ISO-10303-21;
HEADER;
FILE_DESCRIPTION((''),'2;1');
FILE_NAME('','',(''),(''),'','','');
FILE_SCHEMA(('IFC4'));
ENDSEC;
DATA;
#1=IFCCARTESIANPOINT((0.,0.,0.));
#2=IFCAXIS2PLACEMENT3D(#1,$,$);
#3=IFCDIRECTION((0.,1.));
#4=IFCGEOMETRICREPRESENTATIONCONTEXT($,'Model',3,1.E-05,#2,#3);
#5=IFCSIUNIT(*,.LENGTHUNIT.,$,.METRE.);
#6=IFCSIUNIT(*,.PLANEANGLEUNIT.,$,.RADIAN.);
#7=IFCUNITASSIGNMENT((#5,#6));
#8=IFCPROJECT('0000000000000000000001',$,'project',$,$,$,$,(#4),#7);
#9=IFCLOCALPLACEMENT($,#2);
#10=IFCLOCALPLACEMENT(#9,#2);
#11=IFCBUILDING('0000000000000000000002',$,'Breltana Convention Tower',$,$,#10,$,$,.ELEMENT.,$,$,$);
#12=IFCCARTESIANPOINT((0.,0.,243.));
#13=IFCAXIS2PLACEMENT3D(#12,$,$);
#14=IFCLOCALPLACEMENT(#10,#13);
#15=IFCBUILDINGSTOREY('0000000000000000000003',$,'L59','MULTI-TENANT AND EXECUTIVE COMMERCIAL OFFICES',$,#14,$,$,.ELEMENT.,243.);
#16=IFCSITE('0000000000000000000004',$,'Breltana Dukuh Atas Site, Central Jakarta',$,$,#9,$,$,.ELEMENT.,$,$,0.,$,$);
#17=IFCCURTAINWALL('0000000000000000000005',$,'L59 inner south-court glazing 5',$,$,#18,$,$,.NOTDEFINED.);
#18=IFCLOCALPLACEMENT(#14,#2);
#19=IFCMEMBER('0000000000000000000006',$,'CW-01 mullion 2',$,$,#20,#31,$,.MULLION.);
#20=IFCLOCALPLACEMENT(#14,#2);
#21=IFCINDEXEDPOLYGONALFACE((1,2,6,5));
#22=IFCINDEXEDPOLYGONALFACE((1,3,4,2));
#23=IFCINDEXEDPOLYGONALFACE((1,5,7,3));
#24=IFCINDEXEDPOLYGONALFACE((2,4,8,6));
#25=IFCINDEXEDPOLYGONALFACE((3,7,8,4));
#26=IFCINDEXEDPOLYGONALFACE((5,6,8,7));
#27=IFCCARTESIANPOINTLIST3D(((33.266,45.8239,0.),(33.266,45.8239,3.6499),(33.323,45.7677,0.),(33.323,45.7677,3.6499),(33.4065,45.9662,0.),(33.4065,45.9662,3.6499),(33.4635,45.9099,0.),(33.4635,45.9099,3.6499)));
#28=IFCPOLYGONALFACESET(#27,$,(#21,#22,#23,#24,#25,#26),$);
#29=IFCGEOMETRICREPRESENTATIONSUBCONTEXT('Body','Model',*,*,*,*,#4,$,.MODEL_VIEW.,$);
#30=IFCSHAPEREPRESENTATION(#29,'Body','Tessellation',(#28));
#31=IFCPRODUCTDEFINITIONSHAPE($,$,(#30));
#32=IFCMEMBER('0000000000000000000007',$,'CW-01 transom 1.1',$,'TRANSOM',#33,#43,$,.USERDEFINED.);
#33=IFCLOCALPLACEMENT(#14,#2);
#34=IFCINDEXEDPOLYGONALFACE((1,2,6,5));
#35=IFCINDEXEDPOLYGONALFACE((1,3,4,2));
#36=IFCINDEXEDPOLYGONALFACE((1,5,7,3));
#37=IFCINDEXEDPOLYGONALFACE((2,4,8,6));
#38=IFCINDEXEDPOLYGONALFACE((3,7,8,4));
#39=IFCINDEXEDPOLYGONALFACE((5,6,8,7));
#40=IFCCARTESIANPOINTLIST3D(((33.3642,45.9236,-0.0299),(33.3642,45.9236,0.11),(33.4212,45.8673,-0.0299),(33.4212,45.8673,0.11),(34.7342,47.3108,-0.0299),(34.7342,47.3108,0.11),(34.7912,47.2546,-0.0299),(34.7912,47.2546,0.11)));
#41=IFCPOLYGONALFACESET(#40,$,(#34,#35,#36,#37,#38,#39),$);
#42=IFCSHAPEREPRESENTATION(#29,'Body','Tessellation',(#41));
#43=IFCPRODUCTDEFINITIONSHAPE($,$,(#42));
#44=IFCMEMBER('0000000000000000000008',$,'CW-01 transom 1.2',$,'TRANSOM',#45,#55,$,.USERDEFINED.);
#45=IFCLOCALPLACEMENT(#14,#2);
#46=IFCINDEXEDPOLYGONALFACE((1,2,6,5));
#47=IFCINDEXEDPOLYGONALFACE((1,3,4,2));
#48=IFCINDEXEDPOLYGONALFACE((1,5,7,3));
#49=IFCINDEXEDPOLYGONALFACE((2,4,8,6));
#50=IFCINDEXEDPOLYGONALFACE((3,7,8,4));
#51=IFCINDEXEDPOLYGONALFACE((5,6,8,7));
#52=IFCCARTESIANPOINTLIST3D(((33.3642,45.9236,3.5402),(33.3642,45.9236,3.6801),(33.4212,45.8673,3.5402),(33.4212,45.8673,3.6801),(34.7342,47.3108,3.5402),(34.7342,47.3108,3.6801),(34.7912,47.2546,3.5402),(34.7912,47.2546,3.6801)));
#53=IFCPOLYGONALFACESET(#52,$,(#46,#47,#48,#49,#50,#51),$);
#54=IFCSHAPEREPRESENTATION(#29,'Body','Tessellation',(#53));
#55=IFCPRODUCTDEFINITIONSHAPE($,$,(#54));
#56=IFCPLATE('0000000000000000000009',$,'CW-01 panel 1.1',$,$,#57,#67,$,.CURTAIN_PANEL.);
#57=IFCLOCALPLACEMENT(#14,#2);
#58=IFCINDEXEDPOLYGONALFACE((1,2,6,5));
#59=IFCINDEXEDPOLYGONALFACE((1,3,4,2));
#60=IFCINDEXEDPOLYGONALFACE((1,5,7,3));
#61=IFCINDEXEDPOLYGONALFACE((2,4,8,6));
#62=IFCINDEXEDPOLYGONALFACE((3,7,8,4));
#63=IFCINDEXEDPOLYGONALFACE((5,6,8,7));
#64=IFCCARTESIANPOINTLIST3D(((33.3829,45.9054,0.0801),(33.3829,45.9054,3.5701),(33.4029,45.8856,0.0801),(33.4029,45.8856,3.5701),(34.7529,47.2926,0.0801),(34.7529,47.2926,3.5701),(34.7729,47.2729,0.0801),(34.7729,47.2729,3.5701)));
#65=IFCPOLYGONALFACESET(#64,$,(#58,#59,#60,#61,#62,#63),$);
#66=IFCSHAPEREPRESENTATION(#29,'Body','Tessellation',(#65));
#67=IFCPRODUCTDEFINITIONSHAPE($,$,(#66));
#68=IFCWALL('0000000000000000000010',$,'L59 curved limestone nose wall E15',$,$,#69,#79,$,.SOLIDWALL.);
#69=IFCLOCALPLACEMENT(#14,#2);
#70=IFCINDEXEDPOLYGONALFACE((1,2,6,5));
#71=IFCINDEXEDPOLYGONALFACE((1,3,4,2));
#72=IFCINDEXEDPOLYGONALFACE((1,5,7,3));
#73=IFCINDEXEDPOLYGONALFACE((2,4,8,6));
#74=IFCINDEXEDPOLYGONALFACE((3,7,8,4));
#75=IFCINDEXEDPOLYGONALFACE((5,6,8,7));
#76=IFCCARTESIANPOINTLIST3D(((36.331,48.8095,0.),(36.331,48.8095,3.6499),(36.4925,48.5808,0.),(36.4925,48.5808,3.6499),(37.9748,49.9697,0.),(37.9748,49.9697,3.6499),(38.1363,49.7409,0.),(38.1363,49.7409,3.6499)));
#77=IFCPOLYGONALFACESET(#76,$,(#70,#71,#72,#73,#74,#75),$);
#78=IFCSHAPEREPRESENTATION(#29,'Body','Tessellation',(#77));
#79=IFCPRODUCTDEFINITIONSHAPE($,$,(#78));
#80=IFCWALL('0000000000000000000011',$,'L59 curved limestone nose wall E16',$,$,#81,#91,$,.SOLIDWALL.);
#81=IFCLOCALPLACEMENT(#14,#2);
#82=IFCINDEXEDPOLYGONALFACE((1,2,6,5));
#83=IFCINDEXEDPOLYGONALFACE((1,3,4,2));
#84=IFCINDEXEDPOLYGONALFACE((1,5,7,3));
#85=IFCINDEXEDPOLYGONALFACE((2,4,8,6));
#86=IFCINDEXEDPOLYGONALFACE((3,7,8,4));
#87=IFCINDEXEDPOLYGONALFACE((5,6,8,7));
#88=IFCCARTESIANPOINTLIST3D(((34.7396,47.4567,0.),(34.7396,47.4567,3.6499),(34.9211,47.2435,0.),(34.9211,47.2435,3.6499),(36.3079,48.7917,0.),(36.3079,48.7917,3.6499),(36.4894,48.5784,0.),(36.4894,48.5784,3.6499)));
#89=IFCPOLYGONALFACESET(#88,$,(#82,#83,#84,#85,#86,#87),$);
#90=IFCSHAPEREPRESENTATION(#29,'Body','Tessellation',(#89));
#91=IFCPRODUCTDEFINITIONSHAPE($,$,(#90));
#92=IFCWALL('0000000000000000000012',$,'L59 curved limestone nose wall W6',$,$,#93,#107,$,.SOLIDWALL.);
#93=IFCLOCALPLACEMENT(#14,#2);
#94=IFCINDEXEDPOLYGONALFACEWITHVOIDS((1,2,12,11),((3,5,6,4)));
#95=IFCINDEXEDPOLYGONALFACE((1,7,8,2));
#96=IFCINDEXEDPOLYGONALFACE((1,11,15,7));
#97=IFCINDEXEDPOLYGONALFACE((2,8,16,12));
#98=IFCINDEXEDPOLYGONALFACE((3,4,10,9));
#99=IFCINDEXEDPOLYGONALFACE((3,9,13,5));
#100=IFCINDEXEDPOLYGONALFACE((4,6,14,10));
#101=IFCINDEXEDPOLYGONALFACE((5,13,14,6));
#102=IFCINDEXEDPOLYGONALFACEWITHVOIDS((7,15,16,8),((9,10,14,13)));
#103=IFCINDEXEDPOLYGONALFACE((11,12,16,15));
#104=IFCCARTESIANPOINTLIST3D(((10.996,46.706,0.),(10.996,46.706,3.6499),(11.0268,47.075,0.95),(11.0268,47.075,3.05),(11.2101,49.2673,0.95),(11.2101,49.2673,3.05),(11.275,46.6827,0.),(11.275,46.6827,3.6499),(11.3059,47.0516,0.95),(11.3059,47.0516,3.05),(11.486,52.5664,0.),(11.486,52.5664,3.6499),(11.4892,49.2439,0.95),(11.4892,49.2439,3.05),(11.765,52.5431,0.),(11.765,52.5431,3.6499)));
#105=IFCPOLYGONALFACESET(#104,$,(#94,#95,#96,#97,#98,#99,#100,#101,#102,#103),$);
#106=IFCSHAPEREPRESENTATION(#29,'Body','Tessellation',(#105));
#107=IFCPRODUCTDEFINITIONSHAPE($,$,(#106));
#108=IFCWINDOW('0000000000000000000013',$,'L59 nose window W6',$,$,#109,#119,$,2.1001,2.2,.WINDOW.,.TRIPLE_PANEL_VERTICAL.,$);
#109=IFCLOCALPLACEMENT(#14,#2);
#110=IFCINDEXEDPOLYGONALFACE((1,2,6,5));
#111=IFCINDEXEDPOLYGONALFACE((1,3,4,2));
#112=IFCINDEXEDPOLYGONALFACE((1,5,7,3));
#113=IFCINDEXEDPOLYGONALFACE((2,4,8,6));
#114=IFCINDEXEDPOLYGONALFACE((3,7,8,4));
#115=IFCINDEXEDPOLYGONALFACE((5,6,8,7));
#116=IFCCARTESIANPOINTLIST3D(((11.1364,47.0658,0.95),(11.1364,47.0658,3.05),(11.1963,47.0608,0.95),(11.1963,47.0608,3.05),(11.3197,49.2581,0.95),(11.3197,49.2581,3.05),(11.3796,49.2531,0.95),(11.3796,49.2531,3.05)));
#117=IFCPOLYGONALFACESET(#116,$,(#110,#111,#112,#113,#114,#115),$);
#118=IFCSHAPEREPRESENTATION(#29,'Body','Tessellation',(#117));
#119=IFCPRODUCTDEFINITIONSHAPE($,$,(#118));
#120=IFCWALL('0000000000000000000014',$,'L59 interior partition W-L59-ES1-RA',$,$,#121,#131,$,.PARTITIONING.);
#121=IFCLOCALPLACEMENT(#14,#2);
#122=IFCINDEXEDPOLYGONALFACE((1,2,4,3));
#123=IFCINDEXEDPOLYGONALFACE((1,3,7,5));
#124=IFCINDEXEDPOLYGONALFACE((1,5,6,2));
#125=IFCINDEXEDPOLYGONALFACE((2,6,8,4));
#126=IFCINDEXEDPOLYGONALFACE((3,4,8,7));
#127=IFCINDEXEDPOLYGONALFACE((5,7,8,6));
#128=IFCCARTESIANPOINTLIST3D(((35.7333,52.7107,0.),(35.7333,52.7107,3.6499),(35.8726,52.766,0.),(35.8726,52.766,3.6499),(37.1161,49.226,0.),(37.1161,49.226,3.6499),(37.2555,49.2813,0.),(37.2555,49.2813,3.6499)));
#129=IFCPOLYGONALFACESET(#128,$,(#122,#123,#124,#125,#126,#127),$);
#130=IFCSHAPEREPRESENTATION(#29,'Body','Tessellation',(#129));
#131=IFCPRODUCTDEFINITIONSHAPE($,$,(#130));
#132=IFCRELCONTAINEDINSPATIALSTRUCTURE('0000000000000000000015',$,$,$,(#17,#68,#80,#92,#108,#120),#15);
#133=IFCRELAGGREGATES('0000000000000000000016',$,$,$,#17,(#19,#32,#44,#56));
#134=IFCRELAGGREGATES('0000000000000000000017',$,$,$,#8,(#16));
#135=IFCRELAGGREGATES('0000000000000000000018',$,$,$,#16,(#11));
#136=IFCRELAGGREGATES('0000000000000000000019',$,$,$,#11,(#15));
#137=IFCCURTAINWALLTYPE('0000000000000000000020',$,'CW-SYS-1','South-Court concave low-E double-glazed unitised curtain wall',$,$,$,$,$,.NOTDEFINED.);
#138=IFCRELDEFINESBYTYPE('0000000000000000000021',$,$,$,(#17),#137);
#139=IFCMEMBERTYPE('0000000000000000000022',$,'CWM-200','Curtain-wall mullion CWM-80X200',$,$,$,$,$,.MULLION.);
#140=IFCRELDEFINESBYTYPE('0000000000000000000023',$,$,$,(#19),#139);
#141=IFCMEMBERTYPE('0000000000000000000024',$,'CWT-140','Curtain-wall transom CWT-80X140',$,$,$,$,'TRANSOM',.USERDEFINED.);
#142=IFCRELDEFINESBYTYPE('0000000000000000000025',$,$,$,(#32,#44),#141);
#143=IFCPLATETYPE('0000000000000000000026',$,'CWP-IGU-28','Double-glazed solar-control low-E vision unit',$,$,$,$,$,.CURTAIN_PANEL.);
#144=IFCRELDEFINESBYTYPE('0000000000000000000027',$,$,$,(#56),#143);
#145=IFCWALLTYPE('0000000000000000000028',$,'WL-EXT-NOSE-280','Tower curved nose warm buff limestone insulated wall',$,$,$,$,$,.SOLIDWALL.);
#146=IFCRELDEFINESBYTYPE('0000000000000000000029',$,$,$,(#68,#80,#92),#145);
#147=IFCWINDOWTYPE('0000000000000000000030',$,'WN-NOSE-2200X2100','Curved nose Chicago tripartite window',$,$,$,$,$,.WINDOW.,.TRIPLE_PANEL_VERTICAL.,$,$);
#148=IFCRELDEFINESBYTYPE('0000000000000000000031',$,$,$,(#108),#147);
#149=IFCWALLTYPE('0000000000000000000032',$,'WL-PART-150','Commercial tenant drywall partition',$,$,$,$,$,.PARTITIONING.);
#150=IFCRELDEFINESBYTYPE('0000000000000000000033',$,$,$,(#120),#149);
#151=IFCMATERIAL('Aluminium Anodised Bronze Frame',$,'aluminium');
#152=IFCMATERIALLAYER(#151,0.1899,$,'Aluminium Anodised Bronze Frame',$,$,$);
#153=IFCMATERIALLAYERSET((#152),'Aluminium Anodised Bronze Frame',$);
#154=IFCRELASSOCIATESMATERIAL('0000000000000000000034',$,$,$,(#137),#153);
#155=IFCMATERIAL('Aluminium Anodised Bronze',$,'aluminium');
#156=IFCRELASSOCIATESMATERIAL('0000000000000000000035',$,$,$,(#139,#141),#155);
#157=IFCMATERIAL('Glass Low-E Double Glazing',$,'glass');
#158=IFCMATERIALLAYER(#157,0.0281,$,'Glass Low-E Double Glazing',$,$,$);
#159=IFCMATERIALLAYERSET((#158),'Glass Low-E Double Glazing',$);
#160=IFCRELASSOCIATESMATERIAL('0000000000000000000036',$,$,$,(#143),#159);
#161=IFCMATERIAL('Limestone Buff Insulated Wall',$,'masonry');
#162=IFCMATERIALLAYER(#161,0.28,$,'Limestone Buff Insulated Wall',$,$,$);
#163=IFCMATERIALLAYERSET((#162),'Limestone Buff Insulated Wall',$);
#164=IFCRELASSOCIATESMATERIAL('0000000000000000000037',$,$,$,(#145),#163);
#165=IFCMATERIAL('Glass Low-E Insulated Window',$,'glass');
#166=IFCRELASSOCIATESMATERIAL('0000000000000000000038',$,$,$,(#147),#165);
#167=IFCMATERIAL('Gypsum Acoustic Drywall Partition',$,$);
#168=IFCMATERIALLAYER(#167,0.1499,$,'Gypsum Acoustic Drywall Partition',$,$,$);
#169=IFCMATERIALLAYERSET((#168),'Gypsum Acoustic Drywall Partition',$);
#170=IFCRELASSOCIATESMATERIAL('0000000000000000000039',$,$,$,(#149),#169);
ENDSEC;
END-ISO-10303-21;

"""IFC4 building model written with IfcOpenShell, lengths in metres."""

from ifc_helpers import new_model, si_unit, direction, frame, frame_2d, origin, origin_2d, place, context, subcontext, project, spatial, rectangle, extrude, source, transform, mapped, material, layer, layer_set, material_profile, profile_set, type_object, type_shapes, element, fill, aggregate, save


model = new_model("IFC4")

# Units and contexts
model_context = context("Model", 3, precision=1e-05, world=origin(), true_north=direction((0.0, 1.0)))
body_context = subcontext(model_context, "Body", "Model", "MODEL_VIEW")
ifc_project = project(units=[si_unit("LENGTHUNIT", "METRE"), si_unit("PLANEANGLEUNIT", "RADIAN")], contexts=[model_context])

# Site, building, storey
site_placement = place(None, origin())
site = spatial("IfcSite", under=ifc_project, at=site_placement, Name="Breltana Dukuh Atas Site, Central Jakarta", CompositionType="ELEMENT", RefElevation=0.0)
building_placement = place(site_placement, origin())
building = spatial("IfcBuilding", under=site, at=building_placement, Name="Breltana Convention Tower", CompositionType="ELEMENT")
storey_placement = place(building_placement, frame((0.0, 0.0, 243.0)))
storey = spatial("IfcBuildingStorey", under=building, at=storey_placement, Name="L59", Description="MULTI-TENANT AND EXECUTIVE COMMERCIAL OFFICES", CompositionType="ELEMENT", Elevation=243.0)

# Curtain wall, members, plate
ifc_material_1 = material(Name="Aluminium Anodised Bronze Frame", Category="aluminium")
ifc_layer_1 = layer(ifc_material_1, 0.1899, Name="Aluminium Anodised Bronze Frame")
ifc_layer_set_1 = layer_set([ifc_layer_1], Name="Aluminium Anodised Bronze Frame")
curtain_wall_type = type_object("IfcCurtainWallType", Name="CW-SYS-1", Description="South-Court concave low-E double-glazed unitised curtain wall", PredefinedType="NOTDEFINED", material=ifc_layer_set_1)
curtain_wall_placement = place(storey_placement, origin())
curtain_wall = element("IfcCurtainWall", 1, at=curtain_wall_placement, inside=storey, type_object=curtain_wall_type, Name="L59 inner south-court glazing 5", PredefinedType="NOTDEFINED")
ifc_material_2 = material(Name="Aluminium Anodised Bronze", Category="aluminium")
ifc_material_profile_1 = material_profile(ifc_material_2, rectangle(XDim=0.0801, YDim=0.2, at=origin_2d()), Name="CWM-80X200")
ifc_profile_set_1 = profile_set([ifc_material_profile_1], Name="Aluminium Anodised Bronze")
member_type_1 = type_object("IfcMemberType", Name="CWM-200", Description="Curtain-wall mullion CWM-80X200", PredefinedType="MULLION", material=ifc_profile_set_1)
shared_shape_1 = source(origin(), body_context, "Body", "SweptSolid", [
    extrude(rectangle(XDim=0.0801, YDim=0.2, at=origin_2d()), origin(), (0.0, 0.0, 1.0), 3.6499),
])
member_1_placement = place(storey_placement, frame((33.3647, 45.8669, 0.0), z_axis=(0.0, 0.0, 1.0), x_axis=(0.711501, -0.702685, 0.0)))
member_1 = element("IfcMember", 2, at=member_1_placement, type_object=member_type_1, Name="CW-01 mullion 2", PredefinedType="MULLION", context=body_context, shape_type="MappedRepresentation", body=[
    mapped(shared_shape_1, transform((0.0, 0.0, 0.0), scale=1.0)),
])
ifc_material_profile_2 = material_profile(ifc_material_2, rectangle(XDim=0.0801, YDim=0.1399, at=origin_2d()), Name="CWT-80X140")
ifc_profile_set_2 = profile_set([ifc_material_profile_2], Name="Aluminium Anodised Bronze")
member_type_2 = type_object("IfcMemberType", Name="CWT-140", Description="Curtain-wall transom CWT-80X140", ElementType="TRANSOM", PredefinedType="USERDEFINED", material=ifc_profile_set_2)
shared_shape_2 = source(origin(), body_context, "Body", "SweptSolid", [
    extrude(rectangle(XDim=0.0801, YDim=0.1399, at=origin_2d()), origin(), (0.0, 0.0, 1.0), 1.9497),
])
member_2_placement = place(storey_placement, frame((34.7627, 47.2827, 0.04), z_axis=(-0.702647, -0.711538, 0.0), x_axis=(0.711538, -0.702647, 0.0)))
member_2 = element("IfcMember", 3, at=member_2_placement, type_object=member_type_2, Name="CW-01 transom 1.1", ObjectType="TRANSOM", PredefinedType="USERDEFINED", context=body_context, shape_type="MappedRepresentation", body=[
    mapped(shared_shape_2, transform((0.0, 0.0, 0.0), scale=1.0)),
])
member_3_placement = place(storey_placement, frame((34.7627, 47.2827, 3.6101), z_axis=(-0.702647, -0.711538, 0.0), x_axis=(0.711538, -0.702647, 0.0)))
member_3 = element("IfcMember", 4, at=member_3_placement, type_object=member_type_2, Name="CW-01 transom 1.2", ObjectType="TRANSOM", PredefinedType="USERDEFINED", context=body_context, shape_type="MappedRepresentation", body=[
    mapped(shared_shape_2, transform((0.0, 0.0, 0.0), scale=1.0)),
])
ifc_material_3 = material(Name="Glass Low-E Double Glazing", Category="glass")
ifc_layer_2 = layer(ifc_material_3, 0.0281, Name="Glass Low-E Double Glazing")
ifc_layer_set_2 = layer_set([ifc_layer_2], Name="Glass Low-E Double Glazing")
plate_type = type_object("IfcPlateType", Name="CWP-IGU-28", Description="Double-glazed solar-control low-E vision unit", PredefinedType="CURTAIN_PANEL", material=ifc_layer_set_2)
shared_shape_3 = source(origin(), body_context, "Body", "SweptSolid", [
    extrude(rectangle(XDim=1.9497, YDim=0.0281, at=origin_2d()), origin(), (0.0, 0.0, 1.0), 3.49),
])
plate_placement = place(storey_placement, frame((34.0779, 46.5891, 0.0801), z_axis=(0.0, 0.0, 1.0), x_axis=(-0.702685, -0.711501, 0.0)))
plate = element("IfcPlate", 5, at=plate_placement, type_object=plate_type, Name="CW-01 panel 1.1", PredefinedType="CURTAIN_PANEL", context=body_context, shape_type="MappedRepresentation", body=[
    mapped(shared_shape_3, transform((0.0, 0.0, 0.0), scale=1.0)),
])
aggregate(curtain_wall, [member_1, member_2, member_3, plate])

# Walls
ifc_material_4 = material(Name="Limestone Buff Insulated Wall", Category="masonry")
ifc_layer_3 = layer(ifc_material_4, 0.28, Name="Limestone Buff Insulated Wall")
ifc_layer_set_3 = layer_set([ifc_layer_3], Name="Limestone Buff Insulated Wall")
wall_type_1 = type_object("IfcWallType", Name="WL-EXT-NOSE-280", Description="Tower curved nose warm buff limestone insulated wall", PredefinedType="SOLIDWALL", material=ifc_layer_set_3)
shared_shape_4 = source(origin(), body_context, "Body", "SweptSolid", [
    extrude(rectangle(XDim=2.012, YDim=0.28, at=frame_2d((1.0059, 0.0))), origin(), (0.0, 0.0, 1.0), 3.6499),
])
wall_1_placement = place(storey_placement, frame((38.0554, 49.8552, 0.0), z_axis=(0.0, 0.0, 1.0), x_axis=(-0.817008, -0.576626, 0.0)))
element("IfcWall", 6, at=wall_1_placement, inside=storey, type_object=wall_type_1, Name="L59 curved limestone nose wall E15", PredefinedType="SOLIDWALL", context=body_context, shape_type="MappedRepresentation", body=[
    mapped(shared_shape_4, transform((0.0, 0.0, 0.0), scale=1.0)),
])
shared_shape_5 = source(origin(), body_context, "Body", "SweptSolid", [
    extrude(rectangle(XDim=2.0596, YDim=0.28, at=frame_2d((1.0298, 0.0))), origin(), (0.0, 0.0, 1.0), 3.6499),
])
wall_2_placement = place(storey_placement, frame((36.3987, 48.6851, 0.0), z_axis=(0.0, 0.0, 1.0), x_axis=(-0.761495, -0.648171, 0.0)))
element("IfcWall", 7, at=wall_2_placement, inside=storey, type_object=wall_type_1, Name="L59 curved limestone nose wall E16", PredefinedType="SOLIDWALL", context=body_context, shape_type="MappedRepresentation", body=[
    mapped(shared_shape_5, transform((0.0, 0.0, 0.0), scale=1.0)),
])

# Wall, opening, window
shared_shape_6 = source(origin(), body_context, "Body", "SweptSolid", [
    extrude(rectangle(XDim=5.8809, YDim=0.28, at=frame_2d((2.9404, 0.0))), origin(), (0.0, 0.0, 1.0), 3.6499),
])
wall_3_placement = place(storey_placement, frame((11.1355, 46.6943, 0.0), z_axis=(0.0, 0.0, 1.0), x_axis=(0.08332, 0.996523, 0.0)))
wall_3 = element("IfcWall", 8, at=wall_3_placement, inside=storey, type_object=wall_type_1, Name="L59 curved limestone nose wall W6", PredefinedType="SOLIDWALL", context=body_context, shape_type="MappedRepresentation", body=[
    mapped(shared_shape_6, transform((0.0, 0.0, 0.0), scale=1.0)),
])
opening_placement = place(wall_3_placement, frame((0.3701, 0.0, 0.95)))
opening = element("IfcOpeningElement", 9, at=opening_placement, cuts=wall_3, PredefinedType="OPENING", context=body_context, shape_type="SweptSolid", body=[
    extrude(rectangle(XDim=2.2, YDim=2.1001, at=frame_2d((1.1001, 1.05))), frame((0.0, 0.1499, 0.0), z_axis=(0.0, -1.0, 0.0), x_axis=(1.0, 0.0, 0.0)), (0.0, 0.0, 1.0), 0.3),
])
ifc_material_5 = material(Name="Glass Low-E Insulated Window", Category="glass")
window_type = type_object("IfcWindowType", Name="WN-NOSE-2200X2100", Description="Curved nose Chicago tripartite window", PartitioningType="TRIPLE_PANEL_VERTICAL", PredefinedType="WINDOW", material=ifc_material_5)
shared_shape_7 = source(origin(), body_context, "Body", "SweptSolid", [
    extrude(rectangle(XDim=2.2, YDim=2.1001, at=frame_2d((1.1001, 1.05))), frame((0.0, 0.03, 0.0), z_axis=(0.0, -1.0, 0.0), x_axis=(1.0, 0.0, 0.0)), (0.0, 0.0, 1.0), 0.0601),
])
type_shapes(window_type, [shared_shape_7])
window_placement = place(opening_placement, origin())
window = element("IfcWindow", 10, at=window_placement, inside=storey, type_object=window_type, Name="L59 nose window W6", OverallHeight=2.1001, OverallWidth=2.2, PartitioningType="TRIPLE_PANEL_VERTICAL", PredefinedType="WINDOW", context=body_context, shape_type="MappedRepresentation", body=[
    mapped(shared_shape_7, transform((0.0, 0.0, 0.0), scale=1.0)),
])
fill(opening, window)

# Wall
ifc_material_6 = material(Name="Gypsum Acoustic Drywall Partition")
ifc_layer_4 = layer(ifc_material_6, 0.1499, Name="Gypsum Acoustic Drywall Partition")
ifc_layer_set_4 = layer_set([ifc_layer_4], Name="Gypsum Acoustic Drywall Partition")
wall_type_2 = type_object("IfcWallType", Name="WL-PART-150", Description="Commercial tenant drywall partition", PredefinedType="PARTITIONING", material=ifc_layer_set_4)
shared_shape_8 = source(origin(), body_context, "Body", "SweptSolid", [
    extrude(rectangle(XDim=3.749, YDim=0.1499, at=frame_2d((1.8745, 0.0))), origin(), (0.0, 0.0, 1.0), 3.6499),
])
wall_4_placement = place(storey_placement, frame((37.1858, 49.2537, 0.0), z_axis=(0.0, 0.0, 1.0), x_axis=(-0.368852, 0.929488, 0.0)))
element("IfcWall", 11, at=wall_4_placement, inside=storey, type_object=wall_type_2, Name="L59 interior partition W-L59-ES1-RA", PredefinedType="PARTITIONING", context=body_context, shape_type="MappedRepresentation", body=[
    mapped(shared_shape_8, transform((0.0, 0.0, 0.0), scale=1.0)),
])

save(model, "model.ifc")
